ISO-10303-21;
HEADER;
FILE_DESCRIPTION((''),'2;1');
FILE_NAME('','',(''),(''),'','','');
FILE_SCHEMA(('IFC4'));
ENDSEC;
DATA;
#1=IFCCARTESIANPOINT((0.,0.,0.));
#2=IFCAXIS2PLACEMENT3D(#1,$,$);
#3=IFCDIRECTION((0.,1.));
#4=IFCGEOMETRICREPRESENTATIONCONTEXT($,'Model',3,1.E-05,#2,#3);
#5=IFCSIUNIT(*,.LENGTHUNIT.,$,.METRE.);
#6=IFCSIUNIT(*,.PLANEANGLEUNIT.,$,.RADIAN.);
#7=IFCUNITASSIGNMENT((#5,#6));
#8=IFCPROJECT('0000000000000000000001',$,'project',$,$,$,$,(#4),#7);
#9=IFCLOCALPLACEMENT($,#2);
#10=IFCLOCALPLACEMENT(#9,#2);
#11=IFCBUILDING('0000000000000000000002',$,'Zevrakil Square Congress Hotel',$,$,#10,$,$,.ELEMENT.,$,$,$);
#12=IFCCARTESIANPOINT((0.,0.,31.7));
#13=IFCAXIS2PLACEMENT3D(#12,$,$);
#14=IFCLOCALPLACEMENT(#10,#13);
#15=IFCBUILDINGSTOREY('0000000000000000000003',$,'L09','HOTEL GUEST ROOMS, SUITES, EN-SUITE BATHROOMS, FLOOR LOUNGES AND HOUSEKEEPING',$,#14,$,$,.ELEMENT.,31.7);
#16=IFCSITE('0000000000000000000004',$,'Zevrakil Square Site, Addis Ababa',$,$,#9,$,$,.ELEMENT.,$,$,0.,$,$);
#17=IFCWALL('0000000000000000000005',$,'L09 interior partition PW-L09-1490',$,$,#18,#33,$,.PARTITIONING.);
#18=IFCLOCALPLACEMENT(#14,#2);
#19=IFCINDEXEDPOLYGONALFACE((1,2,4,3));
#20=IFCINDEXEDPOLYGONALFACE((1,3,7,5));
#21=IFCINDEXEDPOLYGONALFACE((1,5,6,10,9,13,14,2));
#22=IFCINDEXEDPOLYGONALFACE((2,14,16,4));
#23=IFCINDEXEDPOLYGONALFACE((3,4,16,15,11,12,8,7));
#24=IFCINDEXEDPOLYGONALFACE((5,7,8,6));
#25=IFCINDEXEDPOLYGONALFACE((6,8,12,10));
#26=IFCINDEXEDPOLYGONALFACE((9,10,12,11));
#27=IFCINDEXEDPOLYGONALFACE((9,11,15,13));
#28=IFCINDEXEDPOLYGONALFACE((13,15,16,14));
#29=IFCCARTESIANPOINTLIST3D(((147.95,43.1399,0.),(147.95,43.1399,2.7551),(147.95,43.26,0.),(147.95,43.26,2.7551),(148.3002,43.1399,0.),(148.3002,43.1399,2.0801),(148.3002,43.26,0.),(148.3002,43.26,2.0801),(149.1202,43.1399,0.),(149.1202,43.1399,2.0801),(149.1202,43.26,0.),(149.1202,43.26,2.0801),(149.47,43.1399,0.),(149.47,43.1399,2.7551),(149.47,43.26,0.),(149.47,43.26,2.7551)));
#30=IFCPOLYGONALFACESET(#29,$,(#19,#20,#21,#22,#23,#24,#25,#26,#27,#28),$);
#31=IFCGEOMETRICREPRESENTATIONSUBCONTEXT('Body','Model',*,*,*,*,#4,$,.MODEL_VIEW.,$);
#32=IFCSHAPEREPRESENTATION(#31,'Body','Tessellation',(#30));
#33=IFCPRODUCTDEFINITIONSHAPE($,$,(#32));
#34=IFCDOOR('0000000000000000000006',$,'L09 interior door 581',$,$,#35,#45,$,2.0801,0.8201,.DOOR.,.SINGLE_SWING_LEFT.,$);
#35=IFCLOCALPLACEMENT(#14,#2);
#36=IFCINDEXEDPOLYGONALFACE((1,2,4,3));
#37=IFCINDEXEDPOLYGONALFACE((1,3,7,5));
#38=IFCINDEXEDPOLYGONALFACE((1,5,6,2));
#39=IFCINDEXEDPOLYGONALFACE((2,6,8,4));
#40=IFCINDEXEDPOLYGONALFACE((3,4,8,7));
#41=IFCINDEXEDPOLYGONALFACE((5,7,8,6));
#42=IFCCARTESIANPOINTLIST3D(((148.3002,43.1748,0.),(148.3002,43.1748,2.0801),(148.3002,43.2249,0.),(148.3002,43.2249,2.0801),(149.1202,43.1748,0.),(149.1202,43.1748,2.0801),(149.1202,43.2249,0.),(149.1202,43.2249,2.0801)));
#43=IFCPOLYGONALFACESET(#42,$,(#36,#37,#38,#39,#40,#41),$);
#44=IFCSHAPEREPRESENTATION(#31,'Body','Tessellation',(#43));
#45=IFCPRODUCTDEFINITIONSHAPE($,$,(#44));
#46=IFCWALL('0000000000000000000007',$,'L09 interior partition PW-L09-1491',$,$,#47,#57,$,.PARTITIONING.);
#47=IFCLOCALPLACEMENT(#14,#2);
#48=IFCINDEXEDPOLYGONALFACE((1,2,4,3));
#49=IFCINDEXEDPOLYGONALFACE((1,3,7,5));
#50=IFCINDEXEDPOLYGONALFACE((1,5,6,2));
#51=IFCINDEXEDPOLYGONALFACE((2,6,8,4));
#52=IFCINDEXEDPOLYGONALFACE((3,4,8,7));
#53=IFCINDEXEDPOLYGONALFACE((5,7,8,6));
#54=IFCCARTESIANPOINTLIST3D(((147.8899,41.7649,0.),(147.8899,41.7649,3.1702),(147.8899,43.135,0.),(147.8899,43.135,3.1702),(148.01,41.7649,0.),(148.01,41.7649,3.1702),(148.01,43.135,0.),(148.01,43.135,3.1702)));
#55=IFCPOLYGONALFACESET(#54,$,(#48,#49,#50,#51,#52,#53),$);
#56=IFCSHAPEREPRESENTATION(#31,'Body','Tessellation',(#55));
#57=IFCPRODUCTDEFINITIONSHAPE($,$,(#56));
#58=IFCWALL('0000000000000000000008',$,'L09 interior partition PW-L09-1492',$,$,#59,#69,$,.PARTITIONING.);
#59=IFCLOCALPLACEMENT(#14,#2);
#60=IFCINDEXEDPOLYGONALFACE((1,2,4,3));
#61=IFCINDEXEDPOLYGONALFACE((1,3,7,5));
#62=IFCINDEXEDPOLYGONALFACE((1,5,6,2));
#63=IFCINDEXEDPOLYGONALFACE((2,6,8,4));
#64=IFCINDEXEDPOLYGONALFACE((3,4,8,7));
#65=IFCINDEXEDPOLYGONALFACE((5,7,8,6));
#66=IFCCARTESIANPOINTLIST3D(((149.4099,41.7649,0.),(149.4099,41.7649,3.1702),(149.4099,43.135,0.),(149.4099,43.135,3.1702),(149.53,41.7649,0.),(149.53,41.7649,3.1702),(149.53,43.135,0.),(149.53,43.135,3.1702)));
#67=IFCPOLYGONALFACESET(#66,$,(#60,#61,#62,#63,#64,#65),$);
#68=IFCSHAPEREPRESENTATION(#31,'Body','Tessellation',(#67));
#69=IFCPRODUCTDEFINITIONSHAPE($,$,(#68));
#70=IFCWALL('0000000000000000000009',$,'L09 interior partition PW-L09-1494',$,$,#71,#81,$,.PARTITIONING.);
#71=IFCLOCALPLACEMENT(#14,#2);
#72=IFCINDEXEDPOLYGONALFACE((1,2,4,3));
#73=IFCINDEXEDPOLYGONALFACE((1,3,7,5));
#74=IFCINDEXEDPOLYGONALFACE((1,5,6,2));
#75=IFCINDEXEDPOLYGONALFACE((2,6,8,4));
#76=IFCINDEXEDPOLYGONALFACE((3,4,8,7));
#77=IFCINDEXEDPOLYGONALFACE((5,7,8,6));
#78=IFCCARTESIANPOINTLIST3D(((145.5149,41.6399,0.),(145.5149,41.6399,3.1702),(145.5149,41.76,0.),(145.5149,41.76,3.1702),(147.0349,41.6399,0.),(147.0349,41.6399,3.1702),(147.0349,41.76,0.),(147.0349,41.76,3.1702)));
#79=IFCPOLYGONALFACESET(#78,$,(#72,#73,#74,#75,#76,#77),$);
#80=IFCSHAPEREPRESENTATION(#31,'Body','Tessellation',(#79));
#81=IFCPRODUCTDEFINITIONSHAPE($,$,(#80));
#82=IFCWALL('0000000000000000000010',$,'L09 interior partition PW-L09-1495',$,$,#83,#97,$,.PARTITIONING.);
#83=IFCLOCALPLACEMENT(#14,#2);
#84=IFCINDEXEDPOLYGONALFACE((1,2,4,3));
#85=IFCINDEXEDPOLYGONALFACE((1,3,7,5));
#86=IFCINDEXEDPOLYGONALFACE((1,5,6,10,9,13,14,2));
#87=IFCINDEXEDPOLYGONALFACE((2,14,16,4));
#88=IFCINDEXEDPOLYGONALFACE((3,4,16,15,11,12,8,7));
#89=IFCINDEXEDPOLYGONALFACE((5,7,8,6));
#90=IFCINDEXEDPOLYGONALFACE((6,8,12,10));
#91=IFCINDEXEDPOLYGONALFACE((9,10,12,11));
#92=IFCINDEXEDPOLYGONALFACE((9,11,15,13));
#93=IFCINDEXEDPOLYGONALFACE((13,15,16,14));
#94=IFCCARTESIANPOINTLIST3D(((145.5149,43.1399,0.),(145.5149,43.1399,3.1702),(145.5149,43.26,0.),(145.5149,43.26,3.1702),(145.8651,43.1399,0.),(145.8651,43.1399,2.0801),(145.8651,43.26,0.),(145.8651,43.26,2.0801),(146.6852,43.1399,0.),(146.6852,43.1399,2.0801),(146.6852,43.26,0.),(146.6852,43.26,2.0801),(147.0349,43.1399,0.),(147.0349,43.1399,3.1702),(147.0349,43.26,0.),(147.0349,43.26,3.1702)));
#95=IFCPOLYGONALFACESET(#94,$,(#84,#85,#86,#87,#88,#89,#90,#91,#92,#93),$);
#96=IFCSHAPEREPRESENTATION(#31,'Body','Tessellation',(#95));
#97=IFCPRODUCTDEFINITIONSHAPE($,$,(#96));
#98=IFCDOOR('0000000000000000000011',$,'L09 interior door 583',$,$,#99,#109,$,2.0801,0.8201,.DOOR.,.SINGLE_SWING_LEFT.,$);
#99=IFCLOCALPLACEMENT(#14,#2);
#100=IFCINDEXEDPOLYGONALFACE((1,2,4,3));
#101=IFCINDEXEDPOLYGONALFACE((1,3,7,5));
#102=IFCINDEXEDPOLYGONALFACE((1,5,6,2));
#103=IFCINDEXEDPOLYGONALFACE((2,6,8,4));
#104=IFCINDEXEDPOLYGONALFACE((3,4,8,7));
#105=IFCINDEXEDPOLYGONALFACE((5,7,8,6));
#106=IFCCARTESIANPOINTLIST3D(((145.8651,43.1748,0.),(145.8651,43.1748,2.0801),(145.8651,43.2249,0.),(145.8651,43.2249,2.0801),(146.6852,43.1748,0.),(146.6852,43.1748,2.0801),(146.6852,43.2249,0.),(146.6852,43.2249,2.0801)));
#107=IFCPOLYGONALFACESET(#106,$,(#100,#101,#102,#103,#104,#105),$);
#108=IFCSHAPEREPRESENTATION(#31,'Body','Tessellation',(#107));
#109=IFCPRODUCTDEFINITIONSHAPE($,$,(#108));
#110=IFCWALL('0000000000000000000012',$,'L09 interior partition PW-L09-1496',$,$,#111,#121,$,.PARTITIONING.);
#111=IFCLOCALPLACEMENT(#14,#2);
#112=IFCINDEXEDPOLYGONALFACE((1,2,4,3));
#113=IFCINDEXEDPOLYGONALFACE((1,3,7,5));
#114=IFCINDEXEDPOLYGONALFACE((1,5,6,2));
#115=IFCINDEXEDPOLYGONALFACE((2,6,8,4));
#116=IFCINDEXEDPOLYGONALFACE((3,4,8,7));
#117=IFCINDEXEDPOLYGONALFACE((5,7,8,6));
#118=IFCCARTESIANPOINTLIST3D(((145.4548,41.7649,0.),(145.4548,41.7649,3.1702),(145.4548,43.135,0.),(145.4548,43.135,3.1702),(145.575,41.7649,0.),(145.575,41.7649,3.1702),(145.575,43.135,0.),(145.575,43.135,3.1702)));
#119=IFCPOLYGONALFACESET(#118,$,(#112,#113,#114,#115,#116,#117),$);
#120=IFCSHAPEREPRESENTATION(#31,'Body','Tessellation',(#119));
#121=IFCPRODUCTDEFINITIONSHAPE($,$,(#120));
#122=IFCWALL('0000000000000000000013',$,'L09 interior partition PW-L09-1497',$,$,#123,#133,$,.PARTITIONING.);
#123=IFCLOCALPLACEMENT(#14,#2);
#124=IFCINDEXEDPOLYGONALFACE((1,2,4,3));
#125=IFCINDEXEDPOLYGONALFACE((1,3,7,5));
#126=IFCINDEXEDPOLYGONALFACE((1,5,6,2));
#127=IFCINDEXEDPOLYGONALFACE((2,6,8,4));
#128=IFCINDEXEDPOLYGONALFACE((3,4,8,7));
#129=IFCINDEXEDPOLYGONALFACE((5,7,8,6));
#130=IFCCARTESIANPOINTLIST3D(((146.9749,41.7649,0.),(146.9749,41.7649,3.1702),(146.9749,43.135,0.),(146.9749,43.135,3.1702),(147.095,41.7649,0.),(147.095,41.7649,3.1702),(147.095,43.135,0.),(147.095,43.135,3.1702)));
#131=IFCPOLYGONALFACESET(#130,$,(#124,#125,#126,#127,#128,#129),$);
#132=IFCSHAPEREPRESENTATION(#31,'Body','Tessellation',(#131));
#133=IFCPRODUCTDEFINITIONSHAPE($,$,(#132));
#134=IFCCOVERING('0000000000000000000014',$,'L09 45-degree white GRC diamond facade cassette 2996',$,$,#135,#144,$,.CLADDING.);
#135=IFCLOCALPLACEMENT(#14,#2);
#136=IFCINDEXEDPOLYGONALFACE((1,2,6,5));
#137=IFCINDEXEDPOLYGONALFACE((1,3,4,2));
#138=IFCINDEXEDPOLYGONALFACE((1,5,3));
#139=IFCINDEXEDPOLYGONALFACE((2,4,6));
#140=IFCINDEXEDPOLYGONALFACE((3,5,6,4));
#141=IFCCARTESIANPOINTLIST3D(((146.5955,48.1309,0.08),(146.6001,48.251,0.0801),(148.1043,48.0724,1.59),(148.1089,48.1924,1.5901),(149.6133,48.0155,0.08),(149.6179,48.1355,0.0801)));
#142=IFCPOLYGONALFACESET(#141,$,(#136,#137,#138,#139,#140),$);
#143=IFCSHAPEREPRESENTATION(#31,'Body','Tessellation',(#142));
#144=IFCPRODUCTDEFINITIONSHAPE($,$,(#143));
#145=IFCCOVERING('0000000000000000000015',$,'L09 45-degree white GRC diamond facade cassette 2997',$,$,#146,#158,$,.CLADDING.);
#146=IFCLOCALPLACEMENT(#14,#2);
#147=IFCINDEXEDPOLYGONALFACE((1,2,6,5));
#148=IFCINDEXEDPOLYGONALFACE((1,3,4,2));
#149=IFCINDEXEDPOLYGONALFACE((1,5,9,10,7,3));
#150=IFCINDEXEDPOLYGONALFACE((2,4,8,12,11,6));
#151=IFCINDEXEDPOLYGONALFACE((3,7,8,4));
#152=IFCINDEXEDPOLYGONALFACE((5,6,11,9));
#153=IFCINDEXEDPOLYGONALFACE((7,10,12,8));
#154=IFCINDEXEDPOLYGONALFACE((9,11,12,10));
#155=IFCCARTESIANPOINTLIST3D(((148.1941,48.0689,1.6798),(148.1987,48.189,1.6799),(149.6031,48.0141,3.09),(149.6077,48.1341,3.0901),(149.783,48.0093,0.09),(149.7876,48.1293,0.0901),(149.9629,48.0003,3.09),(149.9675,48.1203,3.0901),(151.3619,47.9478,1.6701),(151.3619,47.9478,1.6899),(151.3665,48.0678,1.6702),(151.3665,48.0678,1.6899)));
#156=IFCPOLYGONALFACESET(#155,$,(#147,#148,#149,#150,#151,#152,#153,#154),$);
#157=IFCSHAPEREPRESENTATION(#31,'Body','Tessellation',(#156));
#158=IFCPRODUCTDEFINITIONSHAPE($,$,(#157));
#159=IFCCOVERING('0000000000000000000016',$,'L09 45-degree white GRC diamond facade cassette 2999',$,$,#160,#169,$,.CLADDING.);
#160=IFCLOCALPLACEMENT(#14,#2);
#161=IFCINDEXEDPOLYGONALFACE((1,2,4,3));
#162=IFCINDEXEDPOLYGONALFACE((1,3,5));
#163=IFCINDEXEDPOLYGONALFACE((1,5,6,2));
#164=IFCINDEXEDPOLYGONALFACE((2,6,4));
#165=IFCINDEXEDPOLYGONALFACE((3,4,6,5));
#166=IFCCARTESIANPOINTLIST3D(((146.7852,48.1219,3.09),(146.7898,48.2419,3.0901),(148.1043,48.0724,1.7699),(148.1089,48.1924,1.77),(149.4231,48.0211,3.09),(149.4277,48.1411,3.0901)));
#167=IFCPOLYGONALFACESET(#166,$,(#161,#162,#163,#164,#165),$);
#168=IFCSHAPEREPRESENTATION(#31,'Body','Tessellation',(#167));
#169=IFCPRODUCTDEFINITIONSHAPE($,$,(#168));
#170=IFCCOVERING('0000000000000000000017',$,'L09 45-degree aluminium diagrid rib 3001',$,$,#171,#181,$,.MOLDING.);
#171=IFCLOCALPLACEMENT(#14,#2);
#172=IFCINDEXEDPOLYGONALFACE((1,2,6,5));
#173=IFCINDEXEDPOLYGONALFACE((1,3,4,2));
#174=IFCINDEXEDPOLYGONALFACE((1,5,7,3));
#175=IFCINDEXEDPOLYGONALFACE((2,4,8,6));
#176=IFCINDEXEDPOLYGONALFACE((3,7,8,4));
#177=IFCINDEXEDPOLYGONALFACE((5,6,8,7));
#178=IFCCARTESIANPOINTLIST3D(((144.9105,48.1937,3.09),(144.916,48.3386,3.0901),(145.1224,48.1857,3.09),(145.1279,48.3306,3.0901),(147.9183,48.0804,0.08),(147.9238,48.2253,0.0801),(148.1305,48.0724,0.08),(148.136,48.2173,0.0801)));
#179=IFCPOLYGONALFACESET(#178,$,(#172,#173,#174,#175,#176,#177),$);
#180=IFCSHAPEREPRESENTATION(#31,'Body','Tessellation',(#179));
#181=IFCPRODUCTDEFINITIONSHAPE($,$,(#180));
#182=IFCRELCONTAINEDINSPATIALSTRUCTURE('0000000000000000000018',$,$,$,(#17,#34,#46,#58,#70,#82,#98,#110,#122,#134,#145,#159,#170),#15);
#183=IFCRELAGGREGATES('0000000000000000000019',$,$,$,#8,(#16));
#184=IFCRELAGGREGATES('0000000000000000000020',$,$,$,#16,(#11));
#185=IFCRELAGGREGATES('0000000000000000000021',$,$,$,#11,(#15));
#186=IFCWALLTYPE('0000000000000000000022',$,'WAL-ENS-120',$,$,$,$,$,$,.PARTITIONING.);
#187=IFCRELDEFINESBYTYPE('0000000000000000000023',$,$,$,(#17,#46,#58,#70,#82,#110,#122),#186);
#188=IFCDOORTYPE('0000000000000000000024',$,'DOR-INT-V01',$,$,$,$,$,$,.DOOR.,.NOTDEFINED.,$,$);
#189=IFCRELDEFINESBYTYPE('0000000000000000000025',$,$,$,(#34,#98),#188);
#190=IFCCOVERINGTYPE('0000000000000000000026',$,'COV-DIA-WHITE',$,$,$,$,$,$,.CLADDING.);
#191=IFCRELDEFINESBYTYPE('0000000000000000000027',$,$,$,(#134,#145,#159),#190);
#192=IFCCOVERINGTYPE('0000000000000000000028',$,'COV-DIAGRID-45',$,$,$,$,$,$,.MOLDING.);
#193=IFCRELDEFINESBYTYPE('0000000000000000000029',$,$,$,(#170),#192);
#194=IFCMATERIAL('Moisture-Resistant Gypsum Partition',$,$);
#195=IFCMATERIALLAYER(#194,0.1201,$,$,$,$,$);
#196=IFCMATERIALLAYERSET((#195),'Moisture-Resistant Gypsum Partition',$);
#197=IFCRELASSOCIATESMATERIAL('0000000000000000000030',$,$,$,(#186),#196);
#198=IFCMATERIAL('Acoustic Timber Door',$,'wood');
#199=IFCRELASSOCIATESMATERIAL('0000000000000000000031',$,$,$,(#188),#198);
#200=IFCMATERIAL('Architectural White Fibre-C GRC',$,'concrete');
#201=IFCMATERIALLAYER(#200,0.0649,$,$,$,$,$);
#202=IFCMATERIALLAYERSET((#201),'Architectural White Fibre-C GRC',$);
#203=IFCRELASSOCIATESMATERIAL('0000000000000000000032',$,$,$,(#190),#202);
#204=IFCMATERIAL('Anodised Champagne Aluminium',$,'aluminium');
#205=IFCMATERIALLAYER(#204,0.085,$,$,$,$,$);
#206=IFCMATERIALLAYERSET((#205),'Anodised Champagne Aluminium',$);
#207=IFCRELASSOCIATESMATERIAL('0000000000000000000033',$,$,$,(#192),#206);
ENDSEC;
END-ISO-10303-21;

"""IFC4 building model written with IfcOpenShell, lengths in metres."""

from ifc_helpers import new_model, si_unit, direction, frame, frame_2d, origin, place, context, subcontext, project, spatial, polyline, rectangle, outline, extrude, material, layer, layer_set, type_object, element, fill, save


model = new_model("IFC4")

# Units and contexts
model_context = context("Model", 3, precision=1e-05, world=origin(), true_north=direction((0.0, 1.0)))
body_context = subcontext(model_context, "Body", "Model", "MODEL_VIEW")
ifc_project = project(units=[si_unit("LENGTHUNIT", "METRE"), si_unit("PLANEANGLEUNIT", "RADIAN")], contexts=[model_context])

# Site, building, storey
site_placement = place(None, origin())
site = spatial("IfcSite", under=ifc_project, at=site_placement, Name="Zevrakil Square Site, Addis Ababa", CompositionType="ELEMENT", RefElevation=0.0)
building_placement = place(site_placement, origin())
building = spatial("IfcBuilding", under=site, at=building_placement, Name="Zevrakil Square Congress Hotel", CompositionType="ELEMENT")
storey_placement = place(building_placement, frame((0.0, 0.0, 31.7)))
storey = spatial("IfcBuildingStorey", under=building, at=storey_placement, Name="L09", Description="HOTEL GUEST ROOMS, SUITES, EN-SUITE BATHROOMS, FLOOR LOUNGES AND HOUSEKEEPING", CompositionType="ELEMENT", Elevation=31.7)

# Shared definitions
ifc_material_1 = material(Name="Moisture-Resistant Gypsum Partition")
ifc_layer_1 = layer(ifc_material_1, 0.1201)
ifc_layer_set_1 = layer_set([ifc_layer_1], Name="Moisture-Resistant Gypsum Partition")
wall_type_1 = type_object("IfcWallType", Name="WAL-ENS-120", PredefinedType="PARTITIONING", material=ifc_layer_set_1)

# Wall, opening, door
wall_1_placement = place(storey_placement, frame((147.95, 43.2, 0.0), z_axis=(0.0, 0.0, 1.0), x_axis=(1.0, 0.0, 0.0)))
wall_1 = element("IfcWall", 1, at=wall_1_placement, inside=storey, type_object=wall_type_1, Name="L09 interior partition PW-L09-1490", PredefinedType="PARTITIONING", context=body_context, shape_type="SweptSolid", body=[
    extrude(rectangle(XDim=1.52, YDim=0.1201, at=frame_2d((0.76, 0.0))), origin(), (0.0, 0.0, 1.0), 2.7551),
])
opening_1_placement = place(wall_1_placement, frame((0.3501, 0.0, 0.0)))
opening_1 = element("IfcOpeningElement", 2, at=opening_1_placement, cuts=wall_1, PredefinedType="OPENING", context=body_context, shape_type="SweptSolid", body=[
    extrude(rectangle(XDim=0.8201, YDim=2.0801, at=frame_2d((0.4102, 1.04))), frame((0.0, 0.0701, 0.0), z_axis=(0.0, -1.0, 0.0), x_axis=(1.0, 0.0, 0.0)), (0.0, 0.0, 1.0), 0.1401),
])
ifc_material_2 = material(Name="Acoustic Timber Door", Category="wood")
door_type_1 = type_object("IfcDoorType", Name="DOR-INT-V01", OperationType="NOTDEFINED", PredefinedType="DOOR", material=ifc_material_2)
door_1_placement = place(opening_1_placement, origin())
door_1 = element("IfcDoor", 3, at=door_1_placement, inside=storey, type_object=door_type_1, Name="L09 interior door 581", OperationType="SINGLE_SWING_LEFT", OverallHeight=2.0801, OverallWidth=0.8201, PredefinedType="DOOR", context=body_context, shape_type="SweptSolid", body=[
    extrude(rectangle(XDim=0.8201, YDim=2.0801, at=frame_2d((0.4102, 1.04))), frame((0.0, 0.0249, 0.0), z_axis=(0.0, -1.0, 0.0), x_axis=(1.0, 0.0, 0.0)), (0.0, 0.0, 1.0), 0.05),
])
fill(opening_1, door_1)

# Walls
for number, where, z_axis, x_axis, name in (
    (4, (147.95, 41.7649, 0.0), (0.0, 0.0, 1.0), (0.0, 1.0, 0.0), "L09 interior partition PW-L09-1491"),
    (5, (149.47, 41.7649, 0.0), (0.0, 0.0, 1.0), (0.0, 1.0, 0.0), "L09 interior partition PW-L09-1492"),
):
    element("IfcWall", number, at=place(storey_placement, frame(where, z_axis=z_axis, x_axis=x_axis)), inside=storey, type_object=wall_type_1, Name=name, PredefinedType="PARTITIONING", context=body_context, shape_type="SweptSolid", body=[
        extrude(rectangle(XDim=1.3701, YDim=0.1201, at=frame_2d((0.6851, 0.0))), origin(), (0.0, 0.0, 1.0), 3.1702),
    ])
wall_2_placement = place(storey_placement, frame((145.5149, 41.7, 0.0), z_axis=(0.0, 0.0, 1.0), x_axis=(1.0, 0.0, 0.0)))
element("IfcWall", 6, at=wall_2_placement, inside=storey, type_object=wall_type_1, Name="L09 interior partition PW-L09-1494", PredefinedType="PARTITIONING", context=body_context, shape_type="SweptSolid", body=[
    extrude(rectangle(XDim=1.52, YDim=0.1201, at=frame_2d((0.76, 0.0))), origin(), (0.0, 0.0, 1.0), 3.1702),
])

# Wall, opening, door
wall_3_placement = place(storey_placement, frame((145.5149, 43.2, 0.0), z_axis=(0.0, 0.0, 1.0), x_axis=(1.0, 0.0, 0.0)))
wall_3 = element("IfcWall", 7, at=wall_3_placement, inside=storey, type_object=wall_type_1, Name="L09 interior partition PW-L09-1495", PredefinedType="PARTITIONING", context=body_context, shape_type="SweptSolid", body=[
    extrude(rectangle(XDim=1.52, YDim=0.1201, at=frame_2d((0.76, 0.0))), origin(), (0.0, 0.0, 1.0), 3.1702),
])
opening_2_placement = place(wall_3_placement, frame((0.3501, 0.0, 0.0)))
opening_2 = element("IfcOpeningElement", 8, at=opening_2_placement, cuts=wall_3, PredefinedType="OPENING", context=body_context, shape_type="SweptSolid", body=[
    extrude(rectangle(XDim=0.8201, YDim=2.0801, at=frame_2d((0.4102, 1.04))), frame((0.0, 0.0701, 0.0), z_axis=(0.0, -1.0, 0.0), x_axis=(1.0, 0.0, 0.0)), (0.0, 0.0, 1.0), 0.1401),
])
door_2_placement = place(opening_2_placement, origin())
door_2 = element("IfcDoor", 9, at=door_2_placement, inside=storey, type_object=door_type_1, Name="L09 interior door 583", OperationType="SINGLE_SWING_LEFT", OverallHeight=2.0801, OverallWidth=0.8201, PredefinedType="DOOR", context=body_context, shape_type="SweptSolid", body=[
    extrude(rectangle(XDim=0.8201, YDim=2.0801, at=frame_2d((0.4102, 1.04))), frame((0.0, 0.0249, 0.0), z_axis=(0.0, -1.0, 0.0), x_axis=(1.0, 0.0, 0.0)), (0.0, 0.0, 1.0), 0.05),
])
fill(opening_2, door_2)

# Walls
for number, where, z_axis, x_axis, name in (
    (10, (145.5149, 41.7649, 0.0), (0.0, 0.0, 1.0), (0.0, 1.0, 0.0), "L09 interior partition PW-L09-1496"),
    (11, (147.0349, 41.7649, 0.0), (0.0, 0.0, 1.0), (0.0, 1.0, 0.0), "L09 interior partition PW-L09-1497"),
):
    element("IfcWall", number, at=place(storey_placement, frame(where, z_axis=z_axis, x_axis=x_axis)), inside=storey, type_object=wall_type_1, Name=name, PredefinedType="PARTITIONING", context=body_context, shape_type="SweptSolid", body=[
        extrude(rectangle(XDim=1.3701, YDim=0.1201, at=frame_2d((0.6851, 0.0))), origin(), (0.0, 0.0, 1.0), 3.1702),
    ])

# Coverings
ifc_material_3 = material(Name="Architectural White Fibre-C GRC", Category="concrete")
ifc_layer_2 = layer(ifc_material_3, 0.0649)
ifc_layer_set_2 = layer_set([ifc_layer_2], Name="Architectural White Fibre-C GRC")
covering_type_1 = type_object("IfcCoveringType", Name="COV-DIA-WHITE", PredefinedType="CLADDING", material=ifc_layer_set_2)
covering_1_placement = place(storey_placement, frame((148.1089, 48.1924, 1.5901), z_axis=(0.038238, 0.999269, 0.000569), x_axis=(-0.706555, 0.027439, -0.707126)))
element("IfcCovering", 12, at=covering_1_placement, inside=storey, type_object=covering_type_1, Name="L09 45-degree white GRC diamond facade cassette 2996", PredefinedType="CLADDING", context=body_context, shape_type="SweptSolid", body=[
    extrude(outline(polyline([(0.0, 0.0), (2.1354, 0.0), (0.0, -2.1355), (0.0, 0.0)])), origin(), (0.0, 0.0, -1.0), 0.1201),
])
covering_2_placement = place(storey_placement, frame((148.1987, 48.189, 1.6799), z_axis=(0.038222, 0.999269, 0.000687), x_axis=(0.706642, -0.026543, -0.707074)))
element("IfcCovering", 13, at=covering_2_placement, inside=storey, type_object=covering_type_1, Name="L09 45-degree white GRC diamond facade cassette 2997", PredefinedType="CLADDING", context=body_context, shape_type="SweptSolid", body=[
    extrude(outline(polyline([(0.0, 0.0), (2.2485, 0.0), (2.2486, -2.2345), (2.2346, -2.2485), (0.2546, -2.2488), (0.0, -1.9942), (0.0, 0.0)])), origin(), (0.0, 0.0, -1.0), 0.1201),
])
covering_3_placement = place(storey_placement, frame((148.1089, 48.1924, 1.77), z_axis=(0.038195, 0.99927, 0.00065), x_axis=(0.706513, -0.027465, 0.707167)))
element("IfcCovering", 14, at=covering_3_placement, inside=storey, type_object=covering_type_1, Name="L09 45-degree white GRC diamond facade cassette 2999", PredefinedType="CLADDING", context=body_context, shape_type="SweptSolid", body=[
    extrude(outline(polyline([(0.0, 0.0), (1.8667, 0.0), (0.0002, -1.8668), (0.0, 0.0)])), origin(), (0.0, 0.0, -1.0), 0.1201),
])
ifc_material_4 = material(Name="Anodised Champagne Aluminium", Category="aluminium")
ifc_layer_3 = layer(ifc_material_4, 0.085)
ifc_layer_set_3 = layer_set([ifc_layer_3], Name="Anodised Champagne Aluminium")
covering_type_2 = type_object("IfcCoveringType", Name="COV-DIAGRID-45", PredefinedType="MOLDING", material=ifc_layer_set_3)
covering_4_placement = place(storey_placement, frame((147.9238, 48.2253, 0.0801), z_axis=(0.037969, 0.999279, 0.000335), x_axis=(0.999279, -0.037969, 0.0)))
element("IfcCovering", 15, at=covering_4_placement, inside=storey, type_object=covering_type_2, Name="L09 45-degree aluminium diagrid rib 3001", PredefinedType="MOLDING", context=body_context, shape_type="SweptSolid", body=[
    extrude(outline(polyline([(0.0, 0.0), (0.2123, 0.0), (-2.7979, -3.01), (-3.0099, -3.01), (0.0, 0.0)])), origin(), (0.0, 0.0, -1.0), 0.145),
])

save(model, "model.ifc")
